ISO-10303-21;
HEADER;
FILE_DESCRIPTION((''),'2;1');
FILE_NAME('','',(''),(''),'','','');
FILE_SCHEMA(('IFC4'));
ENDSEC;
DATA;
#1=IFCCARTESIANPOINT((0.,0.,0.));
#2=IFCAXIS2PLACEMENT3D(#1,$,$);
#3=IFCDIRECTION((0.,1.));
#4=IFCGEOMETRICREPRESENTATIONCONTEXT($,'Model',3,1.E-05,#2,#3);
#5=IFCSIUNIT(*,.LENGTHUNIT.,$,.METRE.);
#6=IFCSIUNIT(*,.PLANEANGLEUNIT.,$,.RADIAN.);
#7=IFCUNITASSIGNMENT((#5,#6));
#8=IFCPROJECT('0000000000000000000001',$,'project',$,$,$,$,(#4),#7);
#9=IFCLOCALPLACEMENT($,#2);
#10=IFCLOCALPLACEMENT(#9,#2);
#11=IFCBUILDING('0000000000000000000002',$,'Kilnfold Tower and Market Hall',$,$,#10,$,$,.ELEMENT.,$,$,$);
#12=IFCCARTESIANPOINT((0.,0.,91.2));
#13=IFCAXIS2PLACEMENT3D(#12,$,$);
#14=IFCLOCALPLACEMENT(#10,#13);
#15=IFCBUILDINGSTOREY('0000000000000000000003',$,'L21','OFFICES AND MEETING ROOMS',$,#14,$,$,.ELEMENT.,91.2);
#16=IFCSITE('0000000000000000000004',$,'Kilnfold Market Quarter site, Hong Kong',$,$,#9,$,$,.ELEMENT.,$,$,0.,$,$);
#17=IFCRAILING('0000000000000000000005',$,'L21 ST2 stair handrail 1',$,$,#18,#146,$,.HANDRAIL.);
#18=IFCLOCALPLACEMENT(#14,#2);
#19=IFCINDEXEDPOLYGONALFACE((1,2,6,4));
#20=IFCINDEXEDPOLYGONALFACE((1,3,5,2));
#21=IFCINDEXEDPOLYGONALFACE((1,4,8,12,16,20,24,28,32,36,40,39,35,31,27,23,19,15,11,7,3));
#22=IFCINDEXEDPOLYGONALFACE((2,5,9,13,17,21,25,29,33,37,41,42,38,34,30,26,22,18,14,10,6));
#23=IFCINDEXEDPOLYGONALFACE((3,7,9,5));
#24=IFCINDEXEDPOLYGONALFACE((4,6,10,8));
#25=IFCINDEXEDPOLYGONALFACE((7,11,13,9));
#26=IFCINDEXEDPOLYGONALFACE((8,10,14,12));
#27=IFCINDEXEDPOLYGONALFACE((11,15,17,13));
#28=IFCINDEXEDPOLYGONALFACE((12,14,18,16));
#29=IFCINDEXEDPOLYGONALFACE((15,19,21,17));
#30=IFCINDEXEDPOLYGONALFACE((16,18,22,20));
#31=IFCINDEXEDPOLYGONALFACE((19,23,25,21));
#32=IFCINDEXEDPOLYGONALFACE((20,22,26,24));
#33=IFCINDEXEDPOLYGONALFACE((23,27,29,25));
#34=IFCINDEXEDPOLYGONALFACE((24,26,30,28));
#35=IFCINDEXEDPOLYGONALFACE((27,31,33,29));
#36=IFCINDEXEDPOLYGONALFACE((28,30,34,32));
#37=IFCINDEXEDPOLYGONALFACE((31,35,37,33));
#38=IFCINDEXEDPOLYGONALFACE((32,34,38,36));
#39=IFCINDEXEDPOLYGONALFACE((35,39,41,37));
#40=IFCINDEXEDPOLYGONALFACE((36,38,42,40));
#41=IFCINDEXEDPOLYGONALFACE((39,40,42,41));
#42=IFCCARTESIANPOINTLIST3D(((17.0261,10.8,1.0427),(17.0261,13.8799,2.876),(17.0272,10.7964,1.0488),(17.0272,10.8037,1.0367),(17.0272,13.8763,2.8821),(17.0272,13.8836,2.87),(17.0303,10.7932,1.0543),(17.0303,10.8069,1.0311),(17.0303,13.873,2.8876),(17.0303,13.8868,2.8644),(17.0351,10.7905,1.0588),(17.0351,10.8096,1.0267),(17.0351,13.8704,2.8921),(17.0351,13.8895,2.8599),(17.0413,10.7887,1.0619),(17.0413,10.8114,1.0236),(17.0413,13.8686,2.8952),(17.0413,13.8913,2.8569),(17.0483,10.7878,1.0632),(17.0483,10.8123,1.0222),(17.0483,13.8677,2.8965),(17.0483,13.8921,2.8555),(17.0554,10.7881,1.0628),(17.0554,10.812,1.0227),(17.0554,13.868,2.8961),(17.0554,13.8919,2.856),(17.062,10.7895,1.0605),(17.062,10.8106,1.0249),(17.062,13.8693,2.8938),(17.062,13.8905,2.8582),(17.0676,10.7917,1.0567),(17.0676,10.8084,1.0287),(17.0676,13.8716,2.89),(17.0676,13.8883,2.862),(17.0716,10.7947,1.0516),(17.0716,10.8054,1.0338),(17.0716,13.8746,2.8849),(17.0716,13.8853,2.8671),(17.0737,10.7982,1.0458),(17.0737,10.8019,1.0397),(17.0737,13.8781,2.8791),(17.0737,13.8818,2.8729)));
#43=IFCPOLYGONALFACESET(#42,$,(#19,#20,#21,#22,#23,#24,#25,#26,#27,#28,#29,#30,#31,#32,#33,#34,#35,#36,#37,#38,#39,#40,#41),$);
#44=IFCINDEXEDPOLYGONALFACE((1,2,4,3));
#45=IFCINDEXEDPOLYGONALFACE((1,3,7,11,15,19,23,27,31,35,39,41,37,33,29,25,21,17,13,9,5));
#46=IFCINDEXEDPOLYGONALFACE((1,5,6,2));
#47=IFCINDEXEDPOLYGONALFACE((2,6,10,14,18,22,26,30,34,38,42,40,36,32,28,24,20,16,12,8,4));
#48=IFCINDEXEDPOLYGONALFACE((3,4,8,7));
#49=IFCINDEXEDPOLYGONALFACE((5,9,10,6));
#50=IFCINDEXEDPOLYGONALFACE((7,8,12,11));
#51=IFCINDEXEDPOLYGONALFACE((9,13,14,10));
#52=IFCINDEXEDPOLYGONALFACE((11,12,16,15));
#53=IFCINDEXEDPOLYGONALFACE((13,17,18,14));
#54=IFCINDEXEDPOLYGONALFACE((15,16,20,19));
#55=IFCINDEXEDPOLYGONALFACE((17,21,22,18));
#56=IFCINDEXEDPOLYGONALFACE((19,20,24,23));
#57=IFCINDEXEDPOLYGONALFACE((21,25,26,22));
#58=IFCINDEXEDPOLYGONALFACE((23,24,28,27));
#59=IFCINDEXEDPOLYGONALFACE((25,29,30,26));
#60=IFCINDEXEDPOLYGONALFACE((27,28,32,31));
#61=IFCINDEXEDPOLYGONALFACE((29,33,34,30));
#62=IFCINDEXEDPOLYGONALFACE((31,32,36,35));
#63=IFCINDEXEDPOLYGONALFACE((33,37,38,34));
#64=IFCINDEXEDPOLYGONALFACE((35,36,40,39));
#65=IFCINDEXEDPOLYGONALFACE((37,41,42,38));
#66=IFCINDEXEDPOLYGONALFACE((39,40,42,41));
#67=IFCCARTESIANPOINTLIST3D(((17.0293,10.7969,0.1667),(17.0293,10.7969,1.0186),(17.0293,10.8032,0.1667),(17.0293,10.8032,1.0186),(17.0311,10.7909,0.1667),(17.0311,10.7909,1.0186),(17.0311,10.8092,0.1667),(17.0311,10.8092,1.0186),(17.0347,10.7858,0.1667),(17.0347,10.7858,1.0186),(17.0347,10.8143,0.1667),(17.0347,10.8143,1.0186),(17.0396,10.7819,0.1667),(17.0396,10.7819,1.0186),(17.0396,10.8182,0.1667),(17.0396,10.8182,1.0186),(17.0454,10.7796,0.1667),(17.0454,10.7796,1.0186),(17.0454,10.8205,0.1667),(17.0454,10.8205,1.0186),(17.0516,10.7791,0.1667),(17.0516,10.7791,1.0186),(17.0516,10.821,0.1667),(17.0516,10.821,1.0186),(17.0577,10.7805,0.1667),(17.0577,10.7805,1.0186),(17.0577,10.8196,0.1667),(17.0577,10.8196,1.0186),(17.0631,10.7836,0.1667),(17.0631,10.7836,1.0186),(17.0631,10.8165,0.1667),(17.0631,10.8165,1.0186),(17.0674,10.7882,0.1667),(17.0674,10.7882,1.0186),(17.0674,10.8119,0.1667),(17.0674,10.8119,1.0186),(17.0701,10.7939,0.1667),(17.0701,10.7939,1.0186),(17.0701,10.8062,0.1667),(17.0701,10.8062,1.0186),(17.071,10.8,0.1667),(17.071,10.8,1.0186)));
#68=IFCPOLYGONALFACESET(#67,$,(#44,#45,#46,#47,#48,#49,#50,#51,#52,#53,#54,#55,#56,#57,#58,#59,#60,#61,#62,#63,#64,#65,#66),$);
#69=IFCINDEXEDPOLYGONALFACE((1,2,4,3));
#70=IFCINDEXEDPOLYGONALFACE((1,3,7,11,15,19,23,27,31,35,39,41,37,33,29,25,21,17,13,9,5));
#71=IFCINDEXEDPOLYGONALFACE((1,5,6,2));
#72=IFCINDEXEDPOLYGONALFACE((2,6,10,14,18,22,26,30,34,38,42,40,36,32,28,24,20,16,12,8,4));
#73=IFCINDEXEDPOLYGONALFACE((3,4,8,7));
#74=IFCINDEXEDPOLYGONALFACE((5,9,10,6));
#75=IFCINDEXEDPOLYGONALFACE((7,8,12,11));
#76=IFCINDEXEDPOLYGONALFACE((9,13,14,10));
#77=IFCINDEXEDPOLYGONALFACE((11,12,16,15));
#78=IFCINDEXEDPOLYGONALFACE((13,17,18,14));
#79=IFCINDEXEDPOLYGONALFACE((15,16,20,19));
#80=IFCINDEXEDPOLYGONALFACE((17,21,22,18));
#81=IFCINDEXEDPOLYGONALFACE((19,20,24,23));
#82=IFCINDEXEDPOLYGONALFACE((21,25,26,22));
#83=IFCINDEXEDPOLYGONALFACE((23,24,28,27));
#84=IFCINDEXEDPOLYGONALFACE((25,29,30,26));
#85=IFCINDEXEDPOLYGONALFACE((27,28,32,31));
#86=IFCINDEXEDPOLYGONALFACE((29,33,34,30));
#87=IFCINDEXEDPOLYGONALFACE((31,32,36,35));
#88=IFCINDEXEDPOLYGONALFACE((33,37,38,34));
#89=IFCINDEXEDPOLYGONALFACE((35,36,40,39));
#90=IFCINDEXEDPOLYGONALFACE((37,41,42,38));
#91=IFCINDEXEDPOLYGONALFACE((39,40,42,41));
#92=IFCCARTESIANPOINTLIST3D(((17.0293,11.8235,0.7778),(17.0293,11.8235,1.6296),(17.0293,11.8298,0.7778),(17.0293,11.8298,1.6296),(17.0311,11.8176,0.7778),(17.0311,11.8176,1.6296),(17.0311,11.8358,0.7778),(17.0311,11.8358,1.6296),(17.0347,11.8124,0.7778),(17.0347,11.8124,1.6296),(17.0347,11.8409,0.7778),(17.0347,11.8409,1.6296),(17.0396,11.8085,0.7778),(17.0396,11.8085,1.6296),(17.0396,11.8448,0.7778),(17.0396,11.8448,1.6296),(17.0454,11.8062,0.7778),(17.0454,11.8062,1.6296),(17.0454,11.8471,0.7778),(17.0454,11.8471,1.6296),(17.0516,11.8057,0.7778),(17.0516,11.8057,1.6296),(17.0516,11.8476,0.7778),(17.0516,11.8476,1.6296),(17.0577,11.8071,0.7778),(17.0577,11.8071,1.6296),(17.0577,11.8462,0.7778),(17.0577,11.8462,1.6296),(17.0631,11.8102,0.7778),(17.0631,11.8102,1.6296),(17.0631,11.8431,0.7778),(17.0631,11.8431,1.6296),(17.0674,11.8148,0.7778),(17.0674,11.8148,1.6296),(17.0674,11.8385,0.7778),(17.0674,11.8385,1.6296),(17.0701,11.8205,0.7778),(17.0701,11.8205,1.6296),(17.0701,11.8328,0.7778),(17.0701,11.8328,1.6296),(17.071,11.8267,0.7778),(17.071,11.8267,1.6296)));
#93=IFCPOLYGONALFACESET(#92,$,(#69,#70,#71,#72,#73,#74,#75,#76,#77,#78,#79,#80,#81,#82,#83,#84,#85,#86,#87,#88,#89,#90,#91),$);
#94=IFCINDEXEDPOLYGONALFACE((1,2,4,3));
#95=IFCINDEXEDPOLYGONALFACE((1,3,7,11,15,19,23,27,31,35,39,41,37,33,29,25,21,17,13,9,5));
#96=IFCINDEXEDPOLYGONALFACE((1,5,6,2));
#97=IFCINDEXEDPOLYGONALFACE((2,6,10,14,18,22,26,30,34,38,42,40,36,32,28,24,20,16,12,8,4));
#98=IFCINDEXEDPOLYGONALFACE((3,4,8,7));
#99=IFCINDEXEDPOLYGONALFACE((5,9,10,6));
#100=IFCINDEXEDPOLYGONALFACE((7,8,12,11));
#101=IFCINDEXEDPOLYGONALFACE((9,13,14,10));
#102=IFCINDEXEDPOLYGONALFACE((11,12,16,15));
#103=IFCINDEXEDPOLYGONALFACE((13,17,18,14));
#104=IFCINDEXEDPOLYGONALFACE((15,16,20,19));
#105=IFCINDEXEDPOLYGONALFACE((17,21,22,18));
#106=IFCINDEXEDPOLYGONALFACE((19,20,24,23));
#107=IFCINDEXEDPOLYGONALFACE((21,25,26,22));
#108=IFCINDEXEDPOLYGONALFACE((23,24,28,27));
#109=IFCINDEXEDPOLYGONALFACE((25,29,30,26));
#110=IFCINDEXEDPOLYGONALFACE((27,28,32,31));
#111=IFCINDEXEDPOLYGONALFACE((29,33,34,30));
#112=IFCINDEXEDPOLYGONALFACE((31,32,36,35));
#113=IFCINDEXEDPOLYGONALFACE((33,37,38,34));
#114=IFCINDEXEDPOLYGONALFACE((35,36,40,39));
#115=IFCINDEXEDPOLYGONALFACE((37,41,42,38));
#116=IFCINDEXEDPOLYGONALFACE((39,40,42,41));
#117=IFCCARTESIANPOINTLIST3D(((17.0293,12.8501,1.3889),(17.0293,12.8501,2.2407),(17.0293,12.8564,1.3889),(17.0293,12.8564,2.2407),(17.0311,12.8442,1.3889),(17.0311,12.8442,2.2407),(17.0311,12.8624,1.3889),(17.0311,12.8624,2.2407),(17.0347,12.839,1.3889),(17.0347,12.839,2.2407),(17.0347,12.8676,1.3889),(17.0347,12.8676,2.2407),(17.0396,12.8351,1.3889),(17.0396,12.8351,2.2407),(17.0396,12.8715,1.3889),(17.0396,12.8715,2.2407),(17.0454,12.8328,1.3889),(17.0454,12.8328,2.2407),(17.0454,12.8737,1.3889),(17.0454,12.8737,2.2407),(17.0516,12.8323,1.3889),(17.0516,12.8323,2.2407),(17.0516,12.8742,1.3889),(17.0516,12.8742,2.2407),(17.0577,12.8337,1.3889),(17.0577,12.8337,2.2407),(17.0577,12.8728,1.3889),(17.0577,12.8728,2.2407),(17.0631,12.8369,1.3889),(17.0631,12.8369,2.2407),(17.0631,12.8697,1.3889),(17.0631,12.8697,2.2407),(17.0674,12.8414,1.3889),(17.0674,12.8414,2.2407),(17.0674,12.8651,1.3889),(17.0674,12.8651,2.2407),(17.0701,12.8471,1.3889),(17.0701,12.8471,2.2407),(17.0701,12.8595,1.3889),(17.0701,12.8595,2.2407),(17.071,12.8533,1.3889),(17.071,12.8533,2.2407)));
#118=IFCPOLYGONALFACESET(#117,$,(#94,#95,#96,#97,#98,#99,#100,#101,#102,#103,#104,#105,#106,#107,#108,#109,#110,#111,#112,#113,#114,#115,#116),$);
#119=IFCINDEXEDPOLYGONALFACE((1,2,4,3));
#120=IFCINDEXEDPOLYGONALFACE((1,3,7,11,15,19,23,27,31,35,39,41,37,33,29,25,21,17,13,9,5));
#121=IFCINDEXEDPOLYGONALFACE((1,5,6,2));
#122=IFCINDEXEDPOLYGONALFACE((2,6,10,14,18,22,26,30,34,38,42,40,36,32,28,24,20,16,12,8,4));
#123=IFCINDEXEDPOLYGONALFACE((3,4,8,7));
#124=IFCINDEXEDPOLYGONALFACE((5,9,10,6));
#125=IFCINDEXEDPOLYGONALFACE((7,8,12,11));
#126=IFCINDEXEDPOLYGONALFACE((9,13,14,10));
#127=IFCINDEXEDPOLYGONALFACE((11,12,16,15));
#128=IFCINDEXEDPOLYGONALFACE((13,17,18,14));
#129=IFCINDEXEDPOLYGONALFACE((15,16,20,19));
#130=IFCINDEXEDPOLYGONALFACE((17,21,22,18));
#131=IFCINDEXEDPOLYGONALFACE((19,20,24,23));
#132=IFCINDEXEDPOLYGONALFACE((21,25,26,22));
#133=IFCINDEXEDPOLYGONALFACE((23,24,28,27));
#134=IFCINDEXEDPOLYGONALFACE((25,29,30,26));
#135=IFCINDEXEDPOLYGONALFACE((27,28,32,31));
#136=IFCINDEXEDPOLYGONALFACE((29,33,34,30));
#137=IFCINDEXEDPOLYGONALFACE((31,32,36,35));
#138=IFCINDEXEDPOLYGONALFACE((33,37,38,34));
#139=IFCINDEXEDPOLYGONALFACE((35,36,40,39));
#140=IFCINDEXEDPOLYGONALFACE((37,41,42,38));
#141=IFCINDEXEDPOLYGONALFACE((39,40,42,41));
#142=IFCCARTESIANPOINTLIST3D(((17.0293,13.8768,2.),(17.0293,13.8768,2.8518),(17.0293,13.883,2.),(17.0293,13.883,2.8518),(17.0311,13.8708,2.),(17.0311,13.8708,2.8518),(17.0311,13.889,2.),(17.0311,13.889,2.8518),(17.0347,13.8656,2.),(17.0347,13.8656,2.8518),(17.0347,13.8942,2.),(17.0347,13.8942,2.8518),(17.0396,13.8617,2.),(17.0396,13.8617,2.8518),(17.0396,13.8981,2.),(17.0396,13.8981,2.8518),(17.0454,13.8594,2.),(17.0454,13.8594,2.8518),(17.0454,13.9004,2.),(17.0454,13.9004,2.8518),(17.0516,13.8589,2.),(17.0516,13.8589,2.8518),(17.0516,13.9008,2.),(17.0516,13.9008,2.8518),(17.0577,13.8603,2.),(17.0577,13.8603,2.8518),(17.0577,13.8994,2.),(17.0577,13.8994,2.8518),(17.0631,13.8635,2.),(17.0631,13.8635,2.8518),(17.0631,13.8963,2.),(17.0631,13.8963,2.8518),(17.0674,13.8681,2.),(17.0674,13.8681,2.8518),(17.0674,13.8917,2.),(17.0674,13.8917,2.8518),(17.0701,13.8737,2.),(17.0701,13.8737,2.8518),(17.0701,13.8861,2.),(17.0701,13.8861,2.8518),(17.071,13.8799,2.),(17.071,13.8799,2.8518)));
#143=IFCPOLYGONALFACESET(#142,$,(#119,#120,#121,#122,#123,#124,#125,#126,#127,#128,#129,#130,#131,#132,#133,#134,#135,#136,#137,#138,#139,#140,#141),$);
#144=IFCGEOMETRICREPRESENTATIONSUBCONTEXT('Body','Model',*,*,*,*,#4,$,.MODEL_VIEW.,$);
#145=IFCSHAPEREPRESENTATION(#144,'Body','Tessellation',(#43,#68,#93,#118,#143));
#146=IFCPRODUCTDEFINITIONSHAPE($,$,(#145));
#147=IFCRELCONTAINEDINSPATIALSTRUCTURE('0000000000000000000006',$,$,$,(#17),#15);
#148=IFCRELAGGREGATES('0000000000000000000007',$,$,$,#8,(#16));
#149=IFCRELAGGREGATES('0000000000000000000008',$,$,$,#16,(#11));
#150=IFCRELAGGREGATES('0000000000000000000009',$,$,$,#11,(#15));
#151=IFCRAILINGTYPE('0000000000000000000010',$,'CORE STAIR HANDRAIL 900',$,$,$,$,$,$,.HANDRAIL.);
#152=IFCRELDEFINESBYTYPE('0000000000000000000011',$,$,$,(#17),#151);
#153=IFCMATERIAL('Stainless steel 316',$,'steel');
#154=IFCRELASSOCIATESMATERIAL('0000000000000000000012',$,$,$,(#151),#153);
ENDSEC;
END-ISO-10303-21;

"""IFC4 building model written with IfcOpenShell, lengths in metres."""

from ifc_helpers import new_model, si_unit, direction, frame, origin, origin_2d, place, context, subcontext, project, spatial, circle, extrude, material, type_object, element, save


model = new_model("IFC4")

# Units and contexts
model_context = context("Model", 3, precision=1e-05, world=origin(), true_north=direction((0.0, 1.0)))
body_context = subcontext(model_context, "Body", "Model", "MODEL_VIEW")
ifc_project = project(units=[si_unit("LENGTHUNIT", "METRE"), si_unit("PLANEANGLEUNIT", "RADIAN")], contexts=[model_context])

# Site, building, storey
site_placement = place(None, origin())
site = spatial("IfcSite", under=ifc_project, at=site_placement, Name="Kilnfold Market Quarter site, Hong Kong", CompositionType="ELEMENT", RefElevation=0.0)
building_placement = place(site_placement, origin())
building = spatial("IfcBuilding", under=site, at=building_placement, Name="Kilnfold Tower and Market Hall", CompositionType="ELEMENT")
storey_placement = place(building_placement, frame((0.0, 0.0, 91.2)))
storey = spatial("IfcBuildingStorey", under=building, at=storey_placement, Name="L21", Description="OFFICES AND MEETING ROOMS", CompositionType="ELEMENT", Elevation=91.2)

# Railing
ifc_material_1 = material(Name="Stainless steel 316", Category="steel")
railing_type_1 = type_object("IfcRailingType", Name="CORE STAIR HANDRAIL 900", PredefinedType="HANDRAIL", material=ifc_material_1)
railing_1_placement = place(storey_placement, frame((17.05, 10.8, 0.1667)))
element("IfcRailing", 1, at=railing_1_placement, inside=storey, type_object=railing_type_1, Name="L21 ST2 stair handrail 1", PredefinedType="HANDRAIL", context=body_context, shape_type="SweptSolid", body=[
    extrude(circle(Radius=0.0239, at=origin_2d()), frame((0.0, 0.0, 0.876), z_axis=(0.0, 0.859291, 0.511487), x_axis=(-1.0, 0.0, 0.0)), (0.0, 0.0, 1.0), 3.5842),
    extrude(circle(Radius=0.021, at=origin_2d()), origin(), (0.0, 0.0, 1.0), 0.8518),
    extrude(circle(Radius=0.021, at=origin_2d()), frame((0.0, 1.0266, 0.6111)), (0.0, 0.0, 1.0), 0.8518),
    extrude(circle(Radius=0.021, at=origin_2d()), frame((0.0, 2.0532, 1.2222)), (0.0, 0.0, 1.0), 0.8518),
    extrude(circle(Radius=0.021, at=origin_2d()), frame((0.0, 3.0798, 1.8333)), (0.0, 0.0, 1.0), 0.8518),
])

save(model, "model.ifc")
